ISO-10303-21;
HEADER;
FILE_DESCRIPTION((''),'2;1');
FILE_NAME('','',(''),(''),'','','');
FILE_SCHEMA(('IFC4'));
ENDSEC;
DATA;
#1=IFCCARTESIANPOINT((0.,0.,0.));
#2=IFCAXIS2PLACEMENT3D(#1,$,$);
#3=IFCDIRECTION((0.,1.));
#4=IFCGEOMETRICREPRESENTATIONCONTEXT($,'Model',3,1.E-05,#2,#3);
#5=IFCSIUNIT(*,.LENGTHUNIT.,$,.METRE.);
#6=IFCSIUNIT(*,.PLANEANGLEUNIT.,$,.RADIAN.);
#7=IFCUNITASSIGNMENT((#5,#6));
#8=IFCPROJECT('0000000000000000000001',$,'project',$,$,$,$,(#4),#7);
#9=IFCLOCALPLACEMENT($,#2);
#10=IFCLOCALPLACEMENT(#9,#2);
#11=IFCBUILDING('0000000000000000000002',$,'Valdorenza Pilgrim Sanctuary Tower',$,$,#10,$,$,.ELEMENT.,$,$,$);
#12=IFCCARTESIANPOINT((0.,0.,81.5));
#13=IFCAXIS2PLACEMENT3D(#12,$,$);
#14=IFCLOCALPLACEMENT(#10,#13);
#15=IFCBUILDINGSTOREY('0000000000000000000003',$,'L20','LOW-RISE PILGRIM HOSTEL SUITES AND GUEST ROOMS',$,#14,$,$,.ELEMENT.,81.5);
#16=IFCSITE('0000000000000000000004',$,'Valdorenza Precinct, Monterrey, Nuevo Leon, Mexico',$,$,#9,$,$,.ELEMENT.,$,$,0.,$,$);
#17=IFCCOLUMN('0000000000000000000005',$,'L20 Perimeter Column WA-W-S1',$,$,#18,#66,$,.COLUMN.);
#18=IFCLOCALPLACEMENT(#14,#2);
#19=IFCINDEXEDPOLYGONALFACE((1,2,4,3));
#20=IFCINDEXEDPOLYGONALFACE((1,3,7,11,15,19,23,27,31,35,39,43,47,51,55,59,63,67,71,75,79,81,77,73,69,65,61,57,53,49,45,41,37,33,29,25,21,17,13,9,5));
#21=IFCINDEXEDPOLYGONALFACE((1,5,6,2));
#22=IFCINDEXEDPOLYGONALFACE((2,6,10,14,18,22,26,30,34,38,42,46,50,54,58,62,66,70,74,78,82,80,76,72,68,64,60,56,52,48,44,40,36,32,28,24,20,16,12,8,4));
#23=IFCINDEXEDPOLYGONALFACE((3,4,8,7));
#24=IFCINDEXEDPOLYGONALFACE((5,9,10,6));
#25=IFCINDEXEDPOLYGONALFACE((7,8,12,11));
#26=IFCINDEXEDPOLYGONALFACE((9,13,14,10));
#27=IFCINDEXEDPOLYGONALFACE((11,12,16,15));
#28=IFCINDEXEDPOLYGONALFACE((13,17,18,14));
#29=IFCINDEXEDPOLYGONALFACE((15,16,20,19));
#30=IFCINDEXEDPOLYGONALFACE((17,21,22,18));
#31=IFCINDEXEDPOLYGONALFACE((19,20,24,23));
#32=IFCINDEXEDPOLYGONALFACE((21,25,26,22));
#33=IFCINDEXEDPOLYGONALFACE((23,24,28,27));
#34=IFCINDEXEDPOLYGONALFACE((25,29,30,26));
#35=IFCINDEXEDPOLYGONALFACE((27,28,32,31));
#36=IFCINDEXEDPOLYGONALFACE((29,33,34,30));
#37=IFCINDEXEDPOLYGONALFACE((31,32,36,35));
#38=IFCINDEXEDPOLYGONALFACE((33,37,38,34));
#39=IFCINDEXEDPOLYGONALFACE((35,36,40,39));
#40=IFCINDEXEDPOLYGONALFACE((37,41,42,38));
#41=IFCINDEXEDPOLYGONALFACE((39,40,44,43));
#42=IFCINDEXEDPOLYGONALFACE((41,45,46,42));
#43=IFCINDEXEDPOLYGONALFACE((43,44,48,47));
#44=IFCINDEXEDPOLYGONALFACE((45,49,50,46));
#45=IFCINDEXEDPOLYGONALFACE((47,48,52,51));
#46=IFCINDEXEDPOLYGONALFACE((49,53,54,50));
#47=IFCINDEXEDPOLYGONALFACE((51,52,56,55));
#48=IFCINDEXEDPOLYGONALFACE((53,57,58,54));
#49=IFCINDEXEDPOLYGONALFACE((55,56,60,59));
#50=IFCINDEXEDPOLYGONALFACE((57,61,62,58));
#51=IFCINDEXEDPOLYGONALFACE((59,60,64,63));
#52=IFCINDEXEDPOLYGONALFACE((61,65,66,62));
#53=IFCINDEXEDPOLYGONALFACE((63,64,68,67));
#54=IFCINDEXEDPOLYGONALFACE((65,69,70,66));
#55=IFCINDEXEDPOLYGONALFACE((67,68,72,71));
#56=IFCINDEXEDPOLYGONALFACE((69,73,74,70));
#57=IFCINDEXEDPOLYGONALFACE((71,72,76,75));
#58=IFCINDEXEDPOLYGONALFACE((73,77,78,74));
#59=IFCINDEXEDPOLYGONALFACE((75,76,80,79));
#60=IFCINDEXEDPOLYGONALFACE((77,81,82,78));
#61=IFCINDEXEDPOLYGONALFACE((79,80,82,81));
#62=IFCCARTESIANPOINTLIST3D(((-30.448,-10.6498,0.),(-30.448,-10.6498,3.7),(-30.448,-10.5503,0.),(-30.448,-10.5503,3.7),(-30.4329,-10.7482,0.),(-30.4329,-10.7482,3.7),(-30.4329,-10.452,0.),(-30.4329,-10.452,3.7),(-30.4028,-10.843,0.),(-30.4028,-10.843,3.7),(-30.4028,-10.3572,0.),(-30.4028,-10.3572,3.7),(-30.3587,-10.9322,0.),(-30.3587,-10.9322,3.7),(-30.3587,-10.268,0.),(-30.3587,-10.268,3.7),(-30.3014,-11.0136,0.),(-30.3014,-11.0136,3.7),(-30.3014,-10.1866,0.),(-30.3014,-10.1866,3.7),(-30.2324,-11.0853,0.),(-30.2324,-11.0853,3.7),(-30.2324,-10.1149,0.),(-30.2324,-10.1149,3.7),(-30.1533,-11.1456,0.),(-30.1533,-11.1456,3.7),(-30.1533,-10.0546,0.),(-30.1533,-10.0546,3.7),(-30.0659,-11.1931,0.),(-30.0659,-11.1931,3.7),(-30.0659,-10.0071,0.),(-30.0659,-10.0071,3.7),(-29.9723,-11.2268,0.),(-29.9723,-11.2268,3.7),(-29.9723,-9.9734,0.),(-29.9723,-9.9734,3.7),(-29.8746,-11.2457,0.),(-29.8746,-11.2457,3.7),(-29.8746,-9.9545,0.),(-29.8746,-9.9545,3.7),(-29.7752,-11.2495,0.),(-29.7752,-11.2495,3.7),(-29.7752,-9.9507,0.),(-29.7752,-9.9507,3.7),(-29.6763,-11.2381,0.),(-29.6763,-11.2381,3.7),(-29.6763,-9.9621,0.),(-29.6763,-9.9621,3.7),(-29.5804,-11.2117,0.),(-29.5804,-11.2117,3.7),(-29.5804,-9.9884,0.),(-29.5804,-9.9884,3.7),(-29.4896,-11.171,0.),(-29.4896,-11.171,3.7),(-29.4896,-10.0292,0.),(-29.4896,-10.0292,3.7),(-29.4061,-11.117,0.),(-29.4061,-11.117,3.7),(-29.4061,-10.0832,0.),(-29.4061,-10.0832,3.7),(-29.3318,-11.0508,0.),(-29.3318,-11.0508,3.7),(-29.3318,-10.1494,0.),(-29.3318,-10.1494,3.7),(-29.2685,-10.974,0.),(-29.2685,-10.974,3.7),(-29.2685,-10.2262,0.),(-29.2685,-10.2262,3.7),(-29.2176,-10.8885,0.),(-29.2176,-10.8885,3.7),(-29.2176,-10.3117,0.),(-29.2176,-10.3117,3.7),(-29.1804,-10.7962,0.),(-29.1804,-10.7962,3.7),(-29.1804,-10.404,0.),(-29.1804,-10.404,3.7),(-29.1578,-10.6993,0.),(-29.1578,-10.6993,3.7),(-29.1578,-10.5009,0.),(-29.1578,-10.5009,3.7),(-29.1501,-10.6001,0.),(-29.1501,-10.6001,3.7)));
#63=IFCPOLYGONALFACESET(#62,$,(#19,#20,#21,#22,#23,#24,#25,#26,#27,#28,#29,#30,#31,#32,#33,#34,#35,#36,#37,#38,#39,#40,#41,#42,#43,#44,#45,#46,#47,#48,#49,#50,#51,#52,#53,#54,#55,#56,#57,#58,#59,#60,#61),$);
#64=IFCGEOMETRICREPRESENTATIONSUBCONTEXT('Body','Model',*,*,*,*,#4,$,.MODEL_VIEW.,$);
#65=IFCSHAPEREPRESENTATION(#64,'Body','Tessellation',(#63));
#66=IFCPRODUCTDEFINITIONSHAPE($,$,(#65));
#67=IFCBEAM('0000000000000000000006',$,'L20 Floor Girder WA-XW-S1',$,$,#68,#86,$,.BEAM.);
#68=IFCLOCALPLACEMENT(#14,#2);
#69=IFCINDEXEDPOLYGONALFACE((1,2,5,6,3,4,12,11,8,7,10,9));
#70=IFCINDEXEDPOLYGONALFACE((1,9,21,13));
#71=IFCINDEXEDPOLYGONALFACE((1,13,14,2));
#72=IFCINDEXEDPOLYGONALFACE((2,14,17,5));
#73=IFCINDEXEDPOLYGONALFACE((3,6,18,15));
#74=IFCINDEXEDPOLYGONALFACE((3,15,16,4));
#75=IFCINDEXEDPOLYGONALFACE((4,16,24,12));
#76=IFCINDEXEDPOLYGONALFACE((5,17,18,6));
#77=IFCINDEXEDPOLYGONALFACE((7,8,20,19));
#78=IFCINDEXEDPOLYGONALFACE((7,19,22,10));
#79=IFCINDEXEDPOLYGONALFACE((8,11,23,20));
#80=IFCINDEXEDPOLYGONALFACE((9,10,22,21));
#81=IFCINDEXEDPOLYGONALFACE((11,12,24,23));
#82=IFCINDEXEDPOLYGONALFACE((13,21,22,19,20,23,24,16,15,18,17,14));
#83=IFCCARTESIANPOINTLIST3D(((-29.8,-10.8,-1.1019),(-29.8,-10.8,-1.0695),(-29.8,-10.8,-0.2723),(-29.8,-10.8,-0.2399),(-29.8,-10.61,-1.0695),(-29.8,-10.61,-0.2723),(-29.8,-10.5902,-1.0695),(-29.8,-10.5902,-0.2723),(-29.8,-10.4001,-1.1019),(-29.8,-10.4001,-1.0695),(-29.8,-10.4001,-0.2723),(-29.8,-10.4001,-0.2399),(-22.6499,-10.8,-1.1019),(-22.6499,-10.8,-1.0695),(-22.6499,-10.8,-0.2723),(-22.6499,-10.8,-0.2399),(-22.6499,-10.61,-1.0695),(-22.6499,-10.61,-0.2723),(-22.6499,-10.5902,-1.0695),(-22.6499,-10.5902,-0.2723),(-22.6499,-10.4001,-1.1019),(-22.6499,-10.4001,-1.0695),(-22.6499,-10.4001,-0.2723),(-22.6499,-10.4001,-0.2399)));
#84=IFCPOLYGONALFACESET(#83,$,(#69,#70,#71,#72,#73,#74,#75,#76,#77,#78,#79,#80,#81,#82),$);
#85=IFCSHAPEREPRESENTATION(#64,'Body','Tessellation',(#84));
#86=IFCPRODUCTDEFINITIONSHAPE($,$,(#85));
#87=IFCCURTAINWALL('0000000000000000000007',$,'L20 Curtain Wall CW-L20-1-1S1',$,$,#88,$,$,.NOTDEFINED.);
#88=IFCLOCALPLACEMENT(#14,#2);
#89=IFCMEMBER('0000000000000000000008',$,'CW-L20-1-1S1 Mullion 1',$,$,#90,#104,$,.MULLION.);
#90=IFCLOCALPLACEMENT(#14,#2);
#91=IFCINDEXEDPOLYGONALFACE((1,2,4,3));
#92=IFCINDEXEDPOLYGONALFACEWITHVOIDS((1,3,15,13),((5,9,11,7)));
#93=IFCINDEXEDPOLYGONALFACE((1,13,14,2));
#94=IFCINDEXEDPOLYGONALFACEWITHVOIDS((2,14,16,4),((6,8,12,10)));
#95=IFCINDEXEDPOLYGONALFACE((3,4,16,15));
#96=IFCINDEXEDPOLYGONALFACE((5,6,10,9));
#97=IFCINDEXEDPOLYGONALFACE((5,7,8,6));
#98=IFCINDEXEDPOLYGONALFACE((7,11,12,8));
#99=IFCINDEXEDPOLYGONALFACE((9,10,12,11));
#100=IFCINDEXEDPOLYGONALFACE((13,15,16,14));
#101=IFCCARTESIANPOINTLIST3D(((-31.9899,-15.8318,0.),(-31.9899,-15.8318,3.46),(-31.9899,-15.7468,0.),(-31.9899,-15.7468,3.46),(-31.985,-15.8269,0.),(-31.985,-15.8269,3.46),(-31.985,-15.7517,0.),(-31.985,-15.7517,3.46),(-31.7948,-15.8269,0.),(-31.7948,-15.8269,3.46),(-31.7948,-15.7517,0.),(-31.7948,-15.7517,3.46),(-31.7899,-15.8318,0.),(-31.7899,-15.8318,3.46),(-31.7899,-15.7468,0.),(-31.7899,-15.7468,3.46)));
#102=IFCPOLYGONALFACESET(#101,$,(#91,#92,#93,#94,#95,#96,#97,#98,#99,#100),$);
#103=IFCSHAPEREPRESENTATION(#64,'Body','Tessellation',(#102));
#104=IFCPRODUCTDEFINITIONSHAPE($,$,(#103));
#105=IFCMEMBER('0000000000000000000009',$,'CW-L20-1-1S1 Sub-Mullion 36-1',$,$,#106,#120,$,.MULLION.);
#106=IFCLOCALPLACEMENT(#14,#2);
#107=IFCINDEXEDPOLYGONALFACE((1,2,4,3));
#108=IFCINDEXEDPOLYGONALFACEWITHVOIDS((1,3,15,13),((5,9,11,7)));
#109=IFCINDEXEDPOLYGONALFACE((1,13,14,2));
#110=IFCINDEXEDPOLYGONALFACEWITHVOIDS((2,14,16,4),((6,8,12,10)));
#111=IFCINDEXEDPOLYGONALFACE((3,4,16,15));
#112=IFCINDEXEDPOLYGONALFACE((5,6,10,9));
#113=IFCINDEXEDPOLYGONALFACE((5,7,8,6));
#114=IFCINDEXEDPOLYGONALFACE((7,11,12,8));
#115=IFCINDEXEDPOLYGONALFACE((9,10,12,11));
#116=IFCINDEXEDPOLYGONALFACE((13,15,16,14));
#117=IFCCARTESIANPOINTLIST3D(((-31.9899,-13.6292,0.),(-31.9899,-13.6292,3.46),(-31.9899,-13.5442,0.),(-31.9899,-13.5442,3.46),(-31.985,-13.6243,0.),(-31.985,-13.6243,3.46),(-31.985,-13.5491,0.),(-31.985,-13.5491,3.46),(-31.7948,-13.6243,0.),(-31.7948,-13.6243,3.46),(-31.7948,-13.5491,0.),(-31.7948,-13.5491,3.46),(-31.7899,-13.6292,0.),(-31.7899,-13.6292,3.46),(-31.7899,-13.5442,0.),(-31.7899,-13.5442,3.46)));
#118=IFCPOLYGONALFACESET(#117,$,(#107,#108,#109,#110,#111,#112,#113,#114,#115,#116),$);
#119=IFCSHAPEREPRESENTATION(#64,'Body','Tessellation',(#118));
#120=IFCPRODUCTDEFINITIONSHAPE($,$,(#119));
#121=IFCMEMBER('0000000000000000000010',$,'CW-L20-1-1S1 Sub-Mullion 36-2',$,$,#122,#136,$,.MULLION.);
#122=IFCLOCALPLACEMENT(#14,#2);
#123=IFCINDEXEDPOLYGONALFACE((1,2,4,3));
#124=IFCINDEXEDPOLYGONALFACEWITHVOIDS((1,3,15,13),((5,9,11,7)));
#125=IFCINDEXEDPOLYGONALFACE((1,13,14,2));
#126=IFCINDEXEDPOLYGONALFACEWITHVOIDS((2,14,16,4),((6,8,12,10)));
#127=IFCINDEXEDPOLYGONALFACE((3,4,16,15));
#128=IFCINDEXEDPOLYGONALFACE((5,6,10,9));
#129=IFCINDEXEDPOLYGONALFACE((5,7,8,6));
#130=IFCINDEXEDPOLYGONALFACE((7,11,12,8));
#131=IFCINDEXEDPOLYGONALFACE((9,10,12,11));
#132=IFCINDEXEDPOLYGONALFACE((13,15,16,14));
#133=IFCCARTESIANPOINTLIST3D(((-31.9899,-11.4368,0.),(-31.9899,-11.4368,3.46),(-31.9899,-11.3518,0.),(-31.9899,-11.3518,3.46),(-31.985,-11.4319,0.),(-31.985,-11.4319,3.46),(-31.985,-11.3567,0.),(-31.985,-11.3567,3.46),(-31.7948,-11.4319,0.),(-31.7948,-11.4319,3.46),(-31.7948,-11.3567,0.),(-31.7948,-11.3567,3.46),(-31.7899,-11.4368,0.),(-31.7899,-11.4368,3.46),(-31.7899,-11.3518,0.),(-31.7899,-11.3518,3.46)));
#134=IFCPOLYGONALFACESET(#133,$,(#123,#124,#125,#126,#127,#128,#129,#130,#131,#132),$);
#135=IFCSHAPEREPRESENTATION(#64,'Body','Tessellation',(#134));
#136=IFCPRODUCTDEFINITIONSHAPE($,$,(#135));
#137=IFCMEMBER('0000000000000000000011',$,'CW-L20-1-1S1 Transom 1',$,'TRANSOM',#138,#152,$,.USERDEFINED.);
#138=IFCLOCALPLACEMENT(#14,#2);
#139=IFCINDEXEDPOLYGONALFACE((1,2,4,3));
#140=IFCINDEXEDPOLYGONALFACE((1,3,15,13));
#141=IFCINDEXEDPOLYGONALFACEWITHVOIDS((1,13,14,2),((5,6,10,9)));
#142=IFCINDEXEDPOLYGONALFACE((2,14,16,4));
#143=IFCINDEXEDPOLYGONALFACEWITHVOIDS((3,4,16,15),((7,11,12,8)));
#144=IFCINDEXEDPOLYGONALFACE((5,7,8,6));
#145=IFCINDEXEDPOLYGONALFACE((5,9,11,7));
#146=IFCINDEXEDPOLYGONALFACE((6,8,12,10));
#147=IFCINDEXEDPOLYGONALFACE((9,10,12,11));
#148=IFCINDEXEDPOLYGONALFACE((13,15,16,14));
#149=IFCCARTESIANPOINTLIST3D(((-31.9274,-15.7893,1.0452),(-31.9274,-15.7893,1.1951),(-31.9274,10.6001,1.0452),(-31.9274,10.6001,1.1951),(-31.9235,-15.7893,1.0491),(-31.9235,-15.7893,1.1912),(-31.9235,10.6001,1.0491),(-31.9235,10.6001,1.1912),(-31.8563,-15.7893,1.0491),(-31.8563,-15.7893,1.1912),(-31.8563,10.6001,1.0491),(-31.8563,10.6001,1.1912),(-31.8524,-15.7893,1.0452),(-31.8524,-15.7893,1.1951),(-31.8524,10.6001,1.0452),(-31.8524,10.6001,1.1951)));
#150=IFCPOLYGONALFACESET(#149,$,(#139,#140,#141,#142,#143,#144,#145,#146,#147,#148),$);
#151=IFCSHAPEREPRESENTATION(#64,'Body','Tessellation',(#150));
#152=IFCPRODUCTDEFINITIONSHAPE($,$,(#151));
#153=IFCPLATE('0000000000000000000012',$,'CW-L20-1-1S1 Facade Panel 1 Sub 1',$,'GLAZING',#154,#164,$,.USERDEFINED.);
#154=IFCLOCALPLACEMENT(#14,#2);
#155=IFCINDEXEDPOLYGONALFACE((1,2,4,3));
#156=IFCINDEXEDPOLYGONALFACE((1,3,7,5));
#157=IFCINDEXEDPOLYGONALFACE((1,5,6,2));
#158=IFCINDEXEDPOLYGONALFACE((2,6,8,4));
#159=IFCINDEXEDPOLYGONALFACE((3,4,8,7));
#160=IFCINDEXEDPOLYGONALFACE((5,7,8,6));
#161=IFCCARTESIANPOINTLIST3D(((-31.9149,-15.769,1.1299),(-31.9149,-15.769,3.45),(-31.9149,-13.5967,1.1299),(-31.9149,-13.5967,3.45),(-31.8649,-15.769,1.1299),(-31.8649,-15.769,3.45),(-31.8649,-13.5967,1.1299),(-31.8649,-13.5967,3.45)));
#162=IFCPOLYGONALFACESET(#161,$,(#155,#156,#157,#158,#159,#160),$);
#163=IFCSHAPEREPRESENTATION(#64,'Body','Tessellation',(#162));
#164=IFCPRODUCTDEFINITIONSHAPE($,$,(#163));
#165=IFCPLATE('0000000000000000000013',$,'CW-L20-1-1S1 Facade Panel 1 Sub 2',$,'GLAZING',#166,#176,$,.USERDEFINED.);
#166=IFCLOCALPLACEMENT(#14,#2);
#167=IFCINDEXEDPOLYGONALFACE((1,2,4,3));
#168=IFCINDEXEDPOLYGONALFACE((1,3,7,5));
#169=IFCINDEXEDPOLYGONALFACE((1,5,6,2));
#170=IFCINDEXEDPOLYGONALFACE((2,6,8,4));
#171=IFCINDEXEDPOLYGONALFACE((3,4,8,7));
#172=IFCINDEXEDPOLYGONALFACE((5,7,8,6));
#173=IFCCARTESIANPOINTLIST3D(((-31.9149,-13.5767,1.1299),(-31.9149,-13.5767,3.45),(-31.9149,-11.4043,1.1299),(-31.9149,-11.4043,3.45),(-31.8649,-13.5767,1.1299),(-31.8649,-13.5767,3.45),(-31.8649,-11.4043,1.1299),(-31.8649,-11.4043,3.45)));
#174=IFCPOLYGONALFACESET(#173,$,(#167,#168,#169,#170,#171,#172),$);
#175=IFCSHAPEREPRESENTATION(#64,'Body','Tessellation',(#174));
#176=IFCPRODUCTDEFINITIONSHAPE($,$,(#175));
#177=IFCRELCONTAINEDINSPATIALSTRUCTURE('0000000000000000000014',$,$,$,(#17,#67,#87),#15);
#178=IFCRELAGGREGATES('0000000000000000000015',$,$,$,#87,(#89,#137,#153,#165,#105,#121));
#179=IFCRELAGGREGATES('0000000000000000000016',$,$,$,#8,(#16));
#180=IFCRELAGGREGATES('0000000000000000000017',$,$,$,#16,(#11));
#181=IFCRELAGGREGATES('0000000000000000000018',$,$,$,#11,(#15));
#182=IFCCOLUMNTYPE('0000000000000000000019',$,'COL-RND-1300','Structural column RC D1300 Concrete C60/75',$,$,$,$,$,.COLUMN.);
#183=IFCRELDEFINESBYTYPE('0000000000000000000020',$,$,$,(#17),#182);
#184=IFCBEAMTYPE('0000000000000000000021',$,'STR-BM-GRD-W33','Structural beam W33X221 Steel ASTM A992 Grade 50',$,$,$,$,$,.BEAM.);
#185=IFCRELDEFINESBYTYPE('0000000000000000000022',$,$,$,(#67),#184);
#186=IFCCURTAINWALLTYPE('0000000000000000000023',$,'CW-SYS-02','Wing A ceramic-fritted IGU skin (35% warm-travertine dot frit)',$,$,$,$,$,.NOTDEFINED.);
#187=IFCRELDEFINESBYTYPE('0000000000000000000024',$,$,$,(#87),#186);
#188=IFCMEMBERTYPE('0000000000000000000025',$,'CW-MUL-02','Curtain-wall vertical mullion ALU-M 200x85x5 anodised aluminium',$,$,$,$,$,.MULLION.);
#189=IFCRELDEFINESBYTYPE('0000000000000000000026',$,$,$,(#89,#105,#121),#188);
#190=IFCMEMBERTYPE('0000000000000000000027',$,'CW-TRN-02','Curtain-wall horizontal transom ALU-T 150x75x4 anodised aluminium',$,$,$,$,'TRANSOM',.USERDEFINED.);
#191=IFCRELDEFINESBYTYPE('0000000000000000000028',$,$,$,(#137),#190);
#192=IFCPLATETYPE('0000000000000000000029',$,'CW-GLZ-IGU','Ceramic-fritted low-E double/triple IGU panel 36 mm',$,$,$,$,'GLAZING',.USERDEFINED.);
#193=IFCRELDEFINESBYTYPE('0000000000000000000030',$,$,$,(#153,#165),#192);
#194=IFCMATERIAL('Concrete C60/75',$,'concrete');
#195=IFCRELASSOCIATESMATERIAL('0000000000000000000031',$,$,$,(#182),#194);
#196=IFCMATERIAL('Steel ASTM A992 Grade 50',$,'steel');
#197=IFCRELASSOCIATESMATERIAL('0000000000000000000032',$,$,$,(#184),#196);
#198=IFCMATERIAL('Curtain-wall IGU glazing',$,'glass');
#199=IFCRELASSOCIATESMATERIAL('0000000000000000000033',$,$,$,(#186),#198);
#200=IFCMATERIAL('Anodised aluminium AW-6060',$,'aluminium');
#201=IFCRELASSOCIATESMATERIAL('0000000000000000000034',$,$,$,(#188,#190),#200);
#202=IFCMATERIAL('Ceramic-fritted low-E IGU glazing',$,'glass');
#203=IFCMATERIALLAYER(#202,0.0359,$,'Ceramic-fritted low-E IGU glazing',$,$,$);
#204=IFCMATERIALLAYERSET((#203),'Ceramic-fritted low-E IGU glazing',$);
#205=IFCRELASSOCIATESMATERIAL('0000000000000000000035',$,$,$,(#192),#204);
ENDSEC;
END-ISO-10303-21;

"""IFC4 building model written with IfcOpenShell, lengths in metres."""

from ifc_helpers import new_model, si_unit, direction, frame, origin, origin_2d, place, context, subcontext, project, spatial, rectangle, hollow_rectangle, circle, i_section, extrude, source, transform, mapped, material, layer, layer_set, material_profile, profile_set, type_object, element, aggregate, save


model = new_model("IFC4")

# Units and contexts
model_context = context("Model", 3, precision=1e-05, world=origin(), true_north=direction((0.0, 1.0)))
body_context = subcontext(model_context, "Body", "Model", "MODEL_VIEW")
ifc_project = project(units=[si_unit("LENGTHUNIT", "METRE"), si_unit("PLANEANGLEUNIT", "RADIAN")], contexts=[model_context])

# Site, building, storey
site_placement = place(None, origin())
site = spatial("IfcSite", under=ifc_project, at=site_placement, Name="Valdorenza Precinct, Monterrey, Nuevo Leon, Mexico", CompositionType="ELEMENT", RefElevation=0.0)
building_placement = place(site_placement, origin())
building = spatial("IfcBuilding", under=site, at=building_placement, Name="Valdorenza Pilgrim Sanctuary Tower", CompositionType="ELEMENT")
storey_placement = place(building_placement, frame((0.0, 0.0, 81.5)))
storey = spatial("IfcBuildingStorey", under=building, at=storey_placement, Name="L20", Description="LOW-RISE PILGRIM HOSTEL SUITES AND GUEST ROOMS", CompositionType="ELEMENT", Elevation=81.5)

# Column
ifc_material_1 = material(Name="Concrete C60/75", Category="concrete")
ifc_material_profile_1 = material_profile(ifc_material_1, circle(Radius=0.6499, at=origin_2d()), Name="RC D1300")
ifc_profile_set_1 = profile_set([ifc_material_profile_1], Name="Concrete C60/75")
column_type = type_object("IfcColumnType", Name="COL-RND-1300", Description="Structural column RC D1300 Concrete C60/75", PredefinedType="COLUMN", material=ifc_profile_set_1)
shared_shape_1 = source(origin(), body_context, "Body", "SweptSolid", [
    extrude(circle(Radius=0.6499, at=origin_2d()), origin(), (0.0, 0.0, 1.0), 3.7),
])
column_placement = place(storey_placement, frame((-29.8, -10.6001, 0.0), z_axis=(0.0, 0.0, 1.0), x_axis=(1.0, 0.0, 0.0)))
element("IfcColumn", 1, at=column_placement, inside=storey, type_object=column_type, Name="L20 Perimeter Column WA-W-S1", PredefinedType="COLUMN", context=body_context, shape_type="MappedRepresentation", body=[
    mapped(shared_shape_1, transform((0.0, 0.0, 0.0), x_axis=(1.0, 0.0, 0.0), y_axis=(0.0, 1.0, 0.0), z_axis=(0.0, 0.0, 1.0), scale=1.0)),
])

# Beam
ifc_material_2 = material(Name="Steel ASTM A992 Grade 50", Category="steel")
ifc_material_profile_2 = material_profile(ifc_material_2, i_section(OverallWidth=0.3999, OverallDepth=0.8621, WebThickness=0.0198, FlangeThickness=0.0325, at=origin_2d()), Name="W33X221")
ifc_profile_set_2 = profile_set([ifc_material_profile_2], Name="Steel ASTM A992 Grade 50")
beam_type = type_object("IfcBeamType", Name="STR-BM-GRD-W33", Description="Structural beam W33X221 Steel ASTM A992 Grade 50", PredefinedType="BEAM", material=ifc_profile_set_2)
shared_shape_2 = source(origin(), body_context, "Body", "SweptSolid", [
    extrude(i_section(OverallWidth=0.3999, OverallDepth=0.8621, WebThickness=0.0198, FlangeThickness=0.0325, at=origin_2d()), origin(), (0.0, 0.0, 1.0), 7.1501),
])
beam_placement = place(storey_placement, frame((-29.8, -10.6001, -0.6709), z_axis=(1.0, 0.0, 0.0), x_axis=(0.0, 1.0, 0.0)))
element("IfcBeam", 2, at=beam_placement, inside=storey, type_object=beam_type, Name="L20 Floor Girder WA-XW-S1", PredefinedType="BEAM", context=body_context, shape_type="MappedRepresentation", body=[
    mapped(shared_shape_2, transform((0.0, 0.0, 0.0), x_axis=(1.0, 0.0, 0.0), y_axis=(0.0, 1.0, 0.0), z_axis=(0.0, 0.0, 1.0), scale=1.0)),
])

# Curtain wall, members, plates
ifc_material_3 = material(Name="Curtain-wall IGU glazing", Category="glass")
curtain_wall_type = type_object("IfcCurtainWallType", Name="CW-SYS-02", Description="Wing A ceramic-fritted IGU skin (35% warm-travertine dot frit)", PredefinedType="NOTDEFINED", material=ifc_material_3)
curtain_wall_placement = place(storey_placement, origin())
curtain_wall = element("IfcCurtainWall", 3, at=curtain_wall_placement, inside=storey, type_object=curtain_wall_type, Name="L20 Curtain Wall CW-L20-1-1S1", PredefinedType="NOTDEFINED")
ifc_material_4 = material(Name="Anodised aluminium AW-6060", Category="aluminium")
ifc_material_profile_3 = material_profile(ifc_material_4, hollow_rectangle(XDim=0.085, YDim=0.2, WallThickness=0.0049, at=origin_2d()), Name="ALU-M 200x85x5")
ifc_profile_set_3 = profile_set([ifc_material_profile_3], Name="Anodised aluminium AW-6060")
member_type_1 = type_object("IfcMemberType", Name="CW-MUL-02", Description="Curtain-wall vertical mullion ALU-M 200x85x5 anodised aluminium", PredefinedType="MULLION", material=ifc_profile_set_3)
shared_shape_3 = source(origin(), body_context, "Body", "SweptSolid", [
    extrude(hollow_rectangle(XDim=0.085, YDim=0.2, WallThickness=0.0049, at=origin_2d()), origin(), (0.0, 0.0, 1.0), 3.46),
])
member_1_placement = place(storey_placement, frame((-31.8899, -15.7893, 0.0), z_axis=(0.0, 0.0, 1.0), x_axis=(0.0, 1.0, 0.0)))
member_1 = element("IfcMember", 4, at=member_1_placement, type_object=member_type_1, Name="CW-L20-1-1S1 Mullion 1", PredefinedType="MULLION", context=body_context, shape_type="MappedRepresentation", body=[
    mapped(shared_shape_3, transform((0.0, 0.0, 0.0), x_axis=(1.0, 0.0, 0.0), y_axis=(0.0, 1.0, 0.0), z_axis=(0.0, 0.0, 1.0), scale=1.0)),
])
member_2_placement = place(storey_placement, frame((-31.8899, -13.5867, 0.0), z_axis=(0.0, 0.0, 1.0), x_axis=(0.0, 1.0, 0.0)))
member_2 = element("IfcMember", 5, at=member_2_placement, type_object=member_type_1, Name="CW-L20-1-1S1 Sub-Mullion 36-1", PredefinedType="MULLION", context=body_context, shape_type="MappedRepresentation", body=[
    mapped(shared_shape_3, transform((0.0, 0.0, 0.0), x_axis=(1.0, 0.0, 0.0), y_axis=(0.0, 1.0, 0.0), z_axis=(0.0, 0.0, 1.0), scale=1.0)),
])
member_3_placement = place(storey_placement, frame((-31.8899, -11.3943, 0.0), z_axis=(0.0, 0.0, 1.0), x_axis=(0.0, 1.0, 0.0)))
member_3 = element("IfcMember", 6, at=member_3_placement, type_object=member_type_1, Name="CW-L20-1-1S1 Sub-Mullion 36-2", PredefinedType="MULLION", context=body_context, shape_type="MappedRepresentation", body=[
    mapped(shared_shape_3, transform((0.0, 0.0, 0.0), x_axis=(1.0, 0.0, 0.0), y_axis=(0.0, 1.0, 0.0), z_axis=(0.0, 0.0, 1.0), scale=1.0)),
])
ifc_material_profile_4 = material_profile(ifc_material_4, hollow_rectangle(XDim=0.075, YDim=0.1499, WallThickness=0.0039, at=origin_2d()), Name="ALU-T 150x75x4")
ifc_profile_set_4 = profile_set([ifc_material_profile_4], Name="Anodised aluminium AW-6060")
member_type_2 = type_object("IfcMemberType", Name="CW-TRN-02", Description="Curtain-wall horizontal transom ALU-T 150x75x4 anodised aluminium", ElementType="TRANSOM", PredefinedType="USERDEFINED", material=ifc_profile_set_4)
shared_shape_4 = source(origin(), body_context, "Body", "SweptSolid", [
    extrude(hollow_rectangle(XDim=0.075, YDim=0.1499, WallThickness=0.0039, at=origin_2d()), origin(), (0.0, 0.0, 1.0), 26.3894),
])
member_4_placement = place(storey_placement, frame((-31.8899, -15.7893, 1.1201), z_axis=(0.0, 1.0, 0.0), x_axis=(-1.0, 0.0, 0.0)))
member_4 = element("IfcMember", 7, at=member_4_placement, type_object=member_type_2, Name="CW-L20-1-1S1 Transom 1", ObjectType="TRANSOM", PredefinedType="USERDEFINED", context=body_context, shape_type="MappedRepresentation", body=[
    mapped(shared_shape_4, transform((0.0, 0.0, 0.0), x_axis=(1.0, 0.0, 0.0), y_axis=(0.0, 1.0, 0.0), z_axis=(0.0, 0.0, 1.0), scale=1.0)),
])
ifc_material_5 = material(Name="Ceramic-fritted low-E IGU glazing", Category="glass")
ifc_layer_1 = layer(ifc_material_5, 0.0359, Name="Ceramic-fritted low-E IGU glazing")
ifc_layer_set_1 = layer_set([ifc_layer_1], Name="Ceramic-fritted low-E IGU glazing")
plate_type_1 = type_object("IfcPlateType", Name="CW-GLZ-IGU", Description="Ceramic-fritted low-E double/triple IGU panel 36 mm", ElementType="GLAZING", PredefinedType="USERDEFINED", material=ifc_layer_set_1)
shared_shape_5 = source(origin(), body_context, "Body", "SweptSolid", [
    extrude(rectangle(XDim=2.1724, YDim=0.05, at=origin_2d()), origin(), (0.0, 0.0, 1.0), 2.3201),
])
plate_1_placement = place(storey_placement, frame((-31.8899, -14.6829, 1.1299), z_axis=(0.0, 0.0, 1.0), x_axis=(0.0, 1.0, 0.0)))
plate_1 = element("IfcPlate", 8, at=plate_1_placement, type_object=plate_type_1, Name="CW-L20-1-1S1 Facade Panel 1 Sub 1", ObjectType="GLAZING", PredefinedType="USERDEFINED", context=body_context, shape_type="MappedRepresentation", body=[
    mapped(shared_shape_5, transform((0.0, 0.0, 0.0), x_axis=(1.0, 0.0, 0.0), y_axis=(0.0, 1.0, 0.0), z_axis=(0.0, 0.0, 1.0), scale=1.0)),
])
plate_2_placement = place(storey_placement, frame((-31.8899, -12.4905, 1.1299), z_axis=(0.0, 0.0, 1.0), x_axis=(0.0, 1.0, 0.0)))
plate_2 = element("IfcPlate", 9, at=plate_2_placement, type_object=plate_type_1, Name="CW-L20-1-1S1 Facade Panel 1 Sub 2", ObjectType="GLAZING", PredefinedType="USERDEFINED", context=body_context, shape_type="MappedRepresentation", body=[
    mapped(shared_shape_5, transform((0.0, 0.0, 0.0), x_axis=(1.0, 0.0, 0.0), y_axis=(0.0, 1.0, 0.0), z_axis=(0.0, 0.0, 1.0), scale=1.0)),
])
aggregate(curtain_wall, [member_1, member_4, plate_1, plate_2, member_2, member_3])

save(model, "model.ifc")
